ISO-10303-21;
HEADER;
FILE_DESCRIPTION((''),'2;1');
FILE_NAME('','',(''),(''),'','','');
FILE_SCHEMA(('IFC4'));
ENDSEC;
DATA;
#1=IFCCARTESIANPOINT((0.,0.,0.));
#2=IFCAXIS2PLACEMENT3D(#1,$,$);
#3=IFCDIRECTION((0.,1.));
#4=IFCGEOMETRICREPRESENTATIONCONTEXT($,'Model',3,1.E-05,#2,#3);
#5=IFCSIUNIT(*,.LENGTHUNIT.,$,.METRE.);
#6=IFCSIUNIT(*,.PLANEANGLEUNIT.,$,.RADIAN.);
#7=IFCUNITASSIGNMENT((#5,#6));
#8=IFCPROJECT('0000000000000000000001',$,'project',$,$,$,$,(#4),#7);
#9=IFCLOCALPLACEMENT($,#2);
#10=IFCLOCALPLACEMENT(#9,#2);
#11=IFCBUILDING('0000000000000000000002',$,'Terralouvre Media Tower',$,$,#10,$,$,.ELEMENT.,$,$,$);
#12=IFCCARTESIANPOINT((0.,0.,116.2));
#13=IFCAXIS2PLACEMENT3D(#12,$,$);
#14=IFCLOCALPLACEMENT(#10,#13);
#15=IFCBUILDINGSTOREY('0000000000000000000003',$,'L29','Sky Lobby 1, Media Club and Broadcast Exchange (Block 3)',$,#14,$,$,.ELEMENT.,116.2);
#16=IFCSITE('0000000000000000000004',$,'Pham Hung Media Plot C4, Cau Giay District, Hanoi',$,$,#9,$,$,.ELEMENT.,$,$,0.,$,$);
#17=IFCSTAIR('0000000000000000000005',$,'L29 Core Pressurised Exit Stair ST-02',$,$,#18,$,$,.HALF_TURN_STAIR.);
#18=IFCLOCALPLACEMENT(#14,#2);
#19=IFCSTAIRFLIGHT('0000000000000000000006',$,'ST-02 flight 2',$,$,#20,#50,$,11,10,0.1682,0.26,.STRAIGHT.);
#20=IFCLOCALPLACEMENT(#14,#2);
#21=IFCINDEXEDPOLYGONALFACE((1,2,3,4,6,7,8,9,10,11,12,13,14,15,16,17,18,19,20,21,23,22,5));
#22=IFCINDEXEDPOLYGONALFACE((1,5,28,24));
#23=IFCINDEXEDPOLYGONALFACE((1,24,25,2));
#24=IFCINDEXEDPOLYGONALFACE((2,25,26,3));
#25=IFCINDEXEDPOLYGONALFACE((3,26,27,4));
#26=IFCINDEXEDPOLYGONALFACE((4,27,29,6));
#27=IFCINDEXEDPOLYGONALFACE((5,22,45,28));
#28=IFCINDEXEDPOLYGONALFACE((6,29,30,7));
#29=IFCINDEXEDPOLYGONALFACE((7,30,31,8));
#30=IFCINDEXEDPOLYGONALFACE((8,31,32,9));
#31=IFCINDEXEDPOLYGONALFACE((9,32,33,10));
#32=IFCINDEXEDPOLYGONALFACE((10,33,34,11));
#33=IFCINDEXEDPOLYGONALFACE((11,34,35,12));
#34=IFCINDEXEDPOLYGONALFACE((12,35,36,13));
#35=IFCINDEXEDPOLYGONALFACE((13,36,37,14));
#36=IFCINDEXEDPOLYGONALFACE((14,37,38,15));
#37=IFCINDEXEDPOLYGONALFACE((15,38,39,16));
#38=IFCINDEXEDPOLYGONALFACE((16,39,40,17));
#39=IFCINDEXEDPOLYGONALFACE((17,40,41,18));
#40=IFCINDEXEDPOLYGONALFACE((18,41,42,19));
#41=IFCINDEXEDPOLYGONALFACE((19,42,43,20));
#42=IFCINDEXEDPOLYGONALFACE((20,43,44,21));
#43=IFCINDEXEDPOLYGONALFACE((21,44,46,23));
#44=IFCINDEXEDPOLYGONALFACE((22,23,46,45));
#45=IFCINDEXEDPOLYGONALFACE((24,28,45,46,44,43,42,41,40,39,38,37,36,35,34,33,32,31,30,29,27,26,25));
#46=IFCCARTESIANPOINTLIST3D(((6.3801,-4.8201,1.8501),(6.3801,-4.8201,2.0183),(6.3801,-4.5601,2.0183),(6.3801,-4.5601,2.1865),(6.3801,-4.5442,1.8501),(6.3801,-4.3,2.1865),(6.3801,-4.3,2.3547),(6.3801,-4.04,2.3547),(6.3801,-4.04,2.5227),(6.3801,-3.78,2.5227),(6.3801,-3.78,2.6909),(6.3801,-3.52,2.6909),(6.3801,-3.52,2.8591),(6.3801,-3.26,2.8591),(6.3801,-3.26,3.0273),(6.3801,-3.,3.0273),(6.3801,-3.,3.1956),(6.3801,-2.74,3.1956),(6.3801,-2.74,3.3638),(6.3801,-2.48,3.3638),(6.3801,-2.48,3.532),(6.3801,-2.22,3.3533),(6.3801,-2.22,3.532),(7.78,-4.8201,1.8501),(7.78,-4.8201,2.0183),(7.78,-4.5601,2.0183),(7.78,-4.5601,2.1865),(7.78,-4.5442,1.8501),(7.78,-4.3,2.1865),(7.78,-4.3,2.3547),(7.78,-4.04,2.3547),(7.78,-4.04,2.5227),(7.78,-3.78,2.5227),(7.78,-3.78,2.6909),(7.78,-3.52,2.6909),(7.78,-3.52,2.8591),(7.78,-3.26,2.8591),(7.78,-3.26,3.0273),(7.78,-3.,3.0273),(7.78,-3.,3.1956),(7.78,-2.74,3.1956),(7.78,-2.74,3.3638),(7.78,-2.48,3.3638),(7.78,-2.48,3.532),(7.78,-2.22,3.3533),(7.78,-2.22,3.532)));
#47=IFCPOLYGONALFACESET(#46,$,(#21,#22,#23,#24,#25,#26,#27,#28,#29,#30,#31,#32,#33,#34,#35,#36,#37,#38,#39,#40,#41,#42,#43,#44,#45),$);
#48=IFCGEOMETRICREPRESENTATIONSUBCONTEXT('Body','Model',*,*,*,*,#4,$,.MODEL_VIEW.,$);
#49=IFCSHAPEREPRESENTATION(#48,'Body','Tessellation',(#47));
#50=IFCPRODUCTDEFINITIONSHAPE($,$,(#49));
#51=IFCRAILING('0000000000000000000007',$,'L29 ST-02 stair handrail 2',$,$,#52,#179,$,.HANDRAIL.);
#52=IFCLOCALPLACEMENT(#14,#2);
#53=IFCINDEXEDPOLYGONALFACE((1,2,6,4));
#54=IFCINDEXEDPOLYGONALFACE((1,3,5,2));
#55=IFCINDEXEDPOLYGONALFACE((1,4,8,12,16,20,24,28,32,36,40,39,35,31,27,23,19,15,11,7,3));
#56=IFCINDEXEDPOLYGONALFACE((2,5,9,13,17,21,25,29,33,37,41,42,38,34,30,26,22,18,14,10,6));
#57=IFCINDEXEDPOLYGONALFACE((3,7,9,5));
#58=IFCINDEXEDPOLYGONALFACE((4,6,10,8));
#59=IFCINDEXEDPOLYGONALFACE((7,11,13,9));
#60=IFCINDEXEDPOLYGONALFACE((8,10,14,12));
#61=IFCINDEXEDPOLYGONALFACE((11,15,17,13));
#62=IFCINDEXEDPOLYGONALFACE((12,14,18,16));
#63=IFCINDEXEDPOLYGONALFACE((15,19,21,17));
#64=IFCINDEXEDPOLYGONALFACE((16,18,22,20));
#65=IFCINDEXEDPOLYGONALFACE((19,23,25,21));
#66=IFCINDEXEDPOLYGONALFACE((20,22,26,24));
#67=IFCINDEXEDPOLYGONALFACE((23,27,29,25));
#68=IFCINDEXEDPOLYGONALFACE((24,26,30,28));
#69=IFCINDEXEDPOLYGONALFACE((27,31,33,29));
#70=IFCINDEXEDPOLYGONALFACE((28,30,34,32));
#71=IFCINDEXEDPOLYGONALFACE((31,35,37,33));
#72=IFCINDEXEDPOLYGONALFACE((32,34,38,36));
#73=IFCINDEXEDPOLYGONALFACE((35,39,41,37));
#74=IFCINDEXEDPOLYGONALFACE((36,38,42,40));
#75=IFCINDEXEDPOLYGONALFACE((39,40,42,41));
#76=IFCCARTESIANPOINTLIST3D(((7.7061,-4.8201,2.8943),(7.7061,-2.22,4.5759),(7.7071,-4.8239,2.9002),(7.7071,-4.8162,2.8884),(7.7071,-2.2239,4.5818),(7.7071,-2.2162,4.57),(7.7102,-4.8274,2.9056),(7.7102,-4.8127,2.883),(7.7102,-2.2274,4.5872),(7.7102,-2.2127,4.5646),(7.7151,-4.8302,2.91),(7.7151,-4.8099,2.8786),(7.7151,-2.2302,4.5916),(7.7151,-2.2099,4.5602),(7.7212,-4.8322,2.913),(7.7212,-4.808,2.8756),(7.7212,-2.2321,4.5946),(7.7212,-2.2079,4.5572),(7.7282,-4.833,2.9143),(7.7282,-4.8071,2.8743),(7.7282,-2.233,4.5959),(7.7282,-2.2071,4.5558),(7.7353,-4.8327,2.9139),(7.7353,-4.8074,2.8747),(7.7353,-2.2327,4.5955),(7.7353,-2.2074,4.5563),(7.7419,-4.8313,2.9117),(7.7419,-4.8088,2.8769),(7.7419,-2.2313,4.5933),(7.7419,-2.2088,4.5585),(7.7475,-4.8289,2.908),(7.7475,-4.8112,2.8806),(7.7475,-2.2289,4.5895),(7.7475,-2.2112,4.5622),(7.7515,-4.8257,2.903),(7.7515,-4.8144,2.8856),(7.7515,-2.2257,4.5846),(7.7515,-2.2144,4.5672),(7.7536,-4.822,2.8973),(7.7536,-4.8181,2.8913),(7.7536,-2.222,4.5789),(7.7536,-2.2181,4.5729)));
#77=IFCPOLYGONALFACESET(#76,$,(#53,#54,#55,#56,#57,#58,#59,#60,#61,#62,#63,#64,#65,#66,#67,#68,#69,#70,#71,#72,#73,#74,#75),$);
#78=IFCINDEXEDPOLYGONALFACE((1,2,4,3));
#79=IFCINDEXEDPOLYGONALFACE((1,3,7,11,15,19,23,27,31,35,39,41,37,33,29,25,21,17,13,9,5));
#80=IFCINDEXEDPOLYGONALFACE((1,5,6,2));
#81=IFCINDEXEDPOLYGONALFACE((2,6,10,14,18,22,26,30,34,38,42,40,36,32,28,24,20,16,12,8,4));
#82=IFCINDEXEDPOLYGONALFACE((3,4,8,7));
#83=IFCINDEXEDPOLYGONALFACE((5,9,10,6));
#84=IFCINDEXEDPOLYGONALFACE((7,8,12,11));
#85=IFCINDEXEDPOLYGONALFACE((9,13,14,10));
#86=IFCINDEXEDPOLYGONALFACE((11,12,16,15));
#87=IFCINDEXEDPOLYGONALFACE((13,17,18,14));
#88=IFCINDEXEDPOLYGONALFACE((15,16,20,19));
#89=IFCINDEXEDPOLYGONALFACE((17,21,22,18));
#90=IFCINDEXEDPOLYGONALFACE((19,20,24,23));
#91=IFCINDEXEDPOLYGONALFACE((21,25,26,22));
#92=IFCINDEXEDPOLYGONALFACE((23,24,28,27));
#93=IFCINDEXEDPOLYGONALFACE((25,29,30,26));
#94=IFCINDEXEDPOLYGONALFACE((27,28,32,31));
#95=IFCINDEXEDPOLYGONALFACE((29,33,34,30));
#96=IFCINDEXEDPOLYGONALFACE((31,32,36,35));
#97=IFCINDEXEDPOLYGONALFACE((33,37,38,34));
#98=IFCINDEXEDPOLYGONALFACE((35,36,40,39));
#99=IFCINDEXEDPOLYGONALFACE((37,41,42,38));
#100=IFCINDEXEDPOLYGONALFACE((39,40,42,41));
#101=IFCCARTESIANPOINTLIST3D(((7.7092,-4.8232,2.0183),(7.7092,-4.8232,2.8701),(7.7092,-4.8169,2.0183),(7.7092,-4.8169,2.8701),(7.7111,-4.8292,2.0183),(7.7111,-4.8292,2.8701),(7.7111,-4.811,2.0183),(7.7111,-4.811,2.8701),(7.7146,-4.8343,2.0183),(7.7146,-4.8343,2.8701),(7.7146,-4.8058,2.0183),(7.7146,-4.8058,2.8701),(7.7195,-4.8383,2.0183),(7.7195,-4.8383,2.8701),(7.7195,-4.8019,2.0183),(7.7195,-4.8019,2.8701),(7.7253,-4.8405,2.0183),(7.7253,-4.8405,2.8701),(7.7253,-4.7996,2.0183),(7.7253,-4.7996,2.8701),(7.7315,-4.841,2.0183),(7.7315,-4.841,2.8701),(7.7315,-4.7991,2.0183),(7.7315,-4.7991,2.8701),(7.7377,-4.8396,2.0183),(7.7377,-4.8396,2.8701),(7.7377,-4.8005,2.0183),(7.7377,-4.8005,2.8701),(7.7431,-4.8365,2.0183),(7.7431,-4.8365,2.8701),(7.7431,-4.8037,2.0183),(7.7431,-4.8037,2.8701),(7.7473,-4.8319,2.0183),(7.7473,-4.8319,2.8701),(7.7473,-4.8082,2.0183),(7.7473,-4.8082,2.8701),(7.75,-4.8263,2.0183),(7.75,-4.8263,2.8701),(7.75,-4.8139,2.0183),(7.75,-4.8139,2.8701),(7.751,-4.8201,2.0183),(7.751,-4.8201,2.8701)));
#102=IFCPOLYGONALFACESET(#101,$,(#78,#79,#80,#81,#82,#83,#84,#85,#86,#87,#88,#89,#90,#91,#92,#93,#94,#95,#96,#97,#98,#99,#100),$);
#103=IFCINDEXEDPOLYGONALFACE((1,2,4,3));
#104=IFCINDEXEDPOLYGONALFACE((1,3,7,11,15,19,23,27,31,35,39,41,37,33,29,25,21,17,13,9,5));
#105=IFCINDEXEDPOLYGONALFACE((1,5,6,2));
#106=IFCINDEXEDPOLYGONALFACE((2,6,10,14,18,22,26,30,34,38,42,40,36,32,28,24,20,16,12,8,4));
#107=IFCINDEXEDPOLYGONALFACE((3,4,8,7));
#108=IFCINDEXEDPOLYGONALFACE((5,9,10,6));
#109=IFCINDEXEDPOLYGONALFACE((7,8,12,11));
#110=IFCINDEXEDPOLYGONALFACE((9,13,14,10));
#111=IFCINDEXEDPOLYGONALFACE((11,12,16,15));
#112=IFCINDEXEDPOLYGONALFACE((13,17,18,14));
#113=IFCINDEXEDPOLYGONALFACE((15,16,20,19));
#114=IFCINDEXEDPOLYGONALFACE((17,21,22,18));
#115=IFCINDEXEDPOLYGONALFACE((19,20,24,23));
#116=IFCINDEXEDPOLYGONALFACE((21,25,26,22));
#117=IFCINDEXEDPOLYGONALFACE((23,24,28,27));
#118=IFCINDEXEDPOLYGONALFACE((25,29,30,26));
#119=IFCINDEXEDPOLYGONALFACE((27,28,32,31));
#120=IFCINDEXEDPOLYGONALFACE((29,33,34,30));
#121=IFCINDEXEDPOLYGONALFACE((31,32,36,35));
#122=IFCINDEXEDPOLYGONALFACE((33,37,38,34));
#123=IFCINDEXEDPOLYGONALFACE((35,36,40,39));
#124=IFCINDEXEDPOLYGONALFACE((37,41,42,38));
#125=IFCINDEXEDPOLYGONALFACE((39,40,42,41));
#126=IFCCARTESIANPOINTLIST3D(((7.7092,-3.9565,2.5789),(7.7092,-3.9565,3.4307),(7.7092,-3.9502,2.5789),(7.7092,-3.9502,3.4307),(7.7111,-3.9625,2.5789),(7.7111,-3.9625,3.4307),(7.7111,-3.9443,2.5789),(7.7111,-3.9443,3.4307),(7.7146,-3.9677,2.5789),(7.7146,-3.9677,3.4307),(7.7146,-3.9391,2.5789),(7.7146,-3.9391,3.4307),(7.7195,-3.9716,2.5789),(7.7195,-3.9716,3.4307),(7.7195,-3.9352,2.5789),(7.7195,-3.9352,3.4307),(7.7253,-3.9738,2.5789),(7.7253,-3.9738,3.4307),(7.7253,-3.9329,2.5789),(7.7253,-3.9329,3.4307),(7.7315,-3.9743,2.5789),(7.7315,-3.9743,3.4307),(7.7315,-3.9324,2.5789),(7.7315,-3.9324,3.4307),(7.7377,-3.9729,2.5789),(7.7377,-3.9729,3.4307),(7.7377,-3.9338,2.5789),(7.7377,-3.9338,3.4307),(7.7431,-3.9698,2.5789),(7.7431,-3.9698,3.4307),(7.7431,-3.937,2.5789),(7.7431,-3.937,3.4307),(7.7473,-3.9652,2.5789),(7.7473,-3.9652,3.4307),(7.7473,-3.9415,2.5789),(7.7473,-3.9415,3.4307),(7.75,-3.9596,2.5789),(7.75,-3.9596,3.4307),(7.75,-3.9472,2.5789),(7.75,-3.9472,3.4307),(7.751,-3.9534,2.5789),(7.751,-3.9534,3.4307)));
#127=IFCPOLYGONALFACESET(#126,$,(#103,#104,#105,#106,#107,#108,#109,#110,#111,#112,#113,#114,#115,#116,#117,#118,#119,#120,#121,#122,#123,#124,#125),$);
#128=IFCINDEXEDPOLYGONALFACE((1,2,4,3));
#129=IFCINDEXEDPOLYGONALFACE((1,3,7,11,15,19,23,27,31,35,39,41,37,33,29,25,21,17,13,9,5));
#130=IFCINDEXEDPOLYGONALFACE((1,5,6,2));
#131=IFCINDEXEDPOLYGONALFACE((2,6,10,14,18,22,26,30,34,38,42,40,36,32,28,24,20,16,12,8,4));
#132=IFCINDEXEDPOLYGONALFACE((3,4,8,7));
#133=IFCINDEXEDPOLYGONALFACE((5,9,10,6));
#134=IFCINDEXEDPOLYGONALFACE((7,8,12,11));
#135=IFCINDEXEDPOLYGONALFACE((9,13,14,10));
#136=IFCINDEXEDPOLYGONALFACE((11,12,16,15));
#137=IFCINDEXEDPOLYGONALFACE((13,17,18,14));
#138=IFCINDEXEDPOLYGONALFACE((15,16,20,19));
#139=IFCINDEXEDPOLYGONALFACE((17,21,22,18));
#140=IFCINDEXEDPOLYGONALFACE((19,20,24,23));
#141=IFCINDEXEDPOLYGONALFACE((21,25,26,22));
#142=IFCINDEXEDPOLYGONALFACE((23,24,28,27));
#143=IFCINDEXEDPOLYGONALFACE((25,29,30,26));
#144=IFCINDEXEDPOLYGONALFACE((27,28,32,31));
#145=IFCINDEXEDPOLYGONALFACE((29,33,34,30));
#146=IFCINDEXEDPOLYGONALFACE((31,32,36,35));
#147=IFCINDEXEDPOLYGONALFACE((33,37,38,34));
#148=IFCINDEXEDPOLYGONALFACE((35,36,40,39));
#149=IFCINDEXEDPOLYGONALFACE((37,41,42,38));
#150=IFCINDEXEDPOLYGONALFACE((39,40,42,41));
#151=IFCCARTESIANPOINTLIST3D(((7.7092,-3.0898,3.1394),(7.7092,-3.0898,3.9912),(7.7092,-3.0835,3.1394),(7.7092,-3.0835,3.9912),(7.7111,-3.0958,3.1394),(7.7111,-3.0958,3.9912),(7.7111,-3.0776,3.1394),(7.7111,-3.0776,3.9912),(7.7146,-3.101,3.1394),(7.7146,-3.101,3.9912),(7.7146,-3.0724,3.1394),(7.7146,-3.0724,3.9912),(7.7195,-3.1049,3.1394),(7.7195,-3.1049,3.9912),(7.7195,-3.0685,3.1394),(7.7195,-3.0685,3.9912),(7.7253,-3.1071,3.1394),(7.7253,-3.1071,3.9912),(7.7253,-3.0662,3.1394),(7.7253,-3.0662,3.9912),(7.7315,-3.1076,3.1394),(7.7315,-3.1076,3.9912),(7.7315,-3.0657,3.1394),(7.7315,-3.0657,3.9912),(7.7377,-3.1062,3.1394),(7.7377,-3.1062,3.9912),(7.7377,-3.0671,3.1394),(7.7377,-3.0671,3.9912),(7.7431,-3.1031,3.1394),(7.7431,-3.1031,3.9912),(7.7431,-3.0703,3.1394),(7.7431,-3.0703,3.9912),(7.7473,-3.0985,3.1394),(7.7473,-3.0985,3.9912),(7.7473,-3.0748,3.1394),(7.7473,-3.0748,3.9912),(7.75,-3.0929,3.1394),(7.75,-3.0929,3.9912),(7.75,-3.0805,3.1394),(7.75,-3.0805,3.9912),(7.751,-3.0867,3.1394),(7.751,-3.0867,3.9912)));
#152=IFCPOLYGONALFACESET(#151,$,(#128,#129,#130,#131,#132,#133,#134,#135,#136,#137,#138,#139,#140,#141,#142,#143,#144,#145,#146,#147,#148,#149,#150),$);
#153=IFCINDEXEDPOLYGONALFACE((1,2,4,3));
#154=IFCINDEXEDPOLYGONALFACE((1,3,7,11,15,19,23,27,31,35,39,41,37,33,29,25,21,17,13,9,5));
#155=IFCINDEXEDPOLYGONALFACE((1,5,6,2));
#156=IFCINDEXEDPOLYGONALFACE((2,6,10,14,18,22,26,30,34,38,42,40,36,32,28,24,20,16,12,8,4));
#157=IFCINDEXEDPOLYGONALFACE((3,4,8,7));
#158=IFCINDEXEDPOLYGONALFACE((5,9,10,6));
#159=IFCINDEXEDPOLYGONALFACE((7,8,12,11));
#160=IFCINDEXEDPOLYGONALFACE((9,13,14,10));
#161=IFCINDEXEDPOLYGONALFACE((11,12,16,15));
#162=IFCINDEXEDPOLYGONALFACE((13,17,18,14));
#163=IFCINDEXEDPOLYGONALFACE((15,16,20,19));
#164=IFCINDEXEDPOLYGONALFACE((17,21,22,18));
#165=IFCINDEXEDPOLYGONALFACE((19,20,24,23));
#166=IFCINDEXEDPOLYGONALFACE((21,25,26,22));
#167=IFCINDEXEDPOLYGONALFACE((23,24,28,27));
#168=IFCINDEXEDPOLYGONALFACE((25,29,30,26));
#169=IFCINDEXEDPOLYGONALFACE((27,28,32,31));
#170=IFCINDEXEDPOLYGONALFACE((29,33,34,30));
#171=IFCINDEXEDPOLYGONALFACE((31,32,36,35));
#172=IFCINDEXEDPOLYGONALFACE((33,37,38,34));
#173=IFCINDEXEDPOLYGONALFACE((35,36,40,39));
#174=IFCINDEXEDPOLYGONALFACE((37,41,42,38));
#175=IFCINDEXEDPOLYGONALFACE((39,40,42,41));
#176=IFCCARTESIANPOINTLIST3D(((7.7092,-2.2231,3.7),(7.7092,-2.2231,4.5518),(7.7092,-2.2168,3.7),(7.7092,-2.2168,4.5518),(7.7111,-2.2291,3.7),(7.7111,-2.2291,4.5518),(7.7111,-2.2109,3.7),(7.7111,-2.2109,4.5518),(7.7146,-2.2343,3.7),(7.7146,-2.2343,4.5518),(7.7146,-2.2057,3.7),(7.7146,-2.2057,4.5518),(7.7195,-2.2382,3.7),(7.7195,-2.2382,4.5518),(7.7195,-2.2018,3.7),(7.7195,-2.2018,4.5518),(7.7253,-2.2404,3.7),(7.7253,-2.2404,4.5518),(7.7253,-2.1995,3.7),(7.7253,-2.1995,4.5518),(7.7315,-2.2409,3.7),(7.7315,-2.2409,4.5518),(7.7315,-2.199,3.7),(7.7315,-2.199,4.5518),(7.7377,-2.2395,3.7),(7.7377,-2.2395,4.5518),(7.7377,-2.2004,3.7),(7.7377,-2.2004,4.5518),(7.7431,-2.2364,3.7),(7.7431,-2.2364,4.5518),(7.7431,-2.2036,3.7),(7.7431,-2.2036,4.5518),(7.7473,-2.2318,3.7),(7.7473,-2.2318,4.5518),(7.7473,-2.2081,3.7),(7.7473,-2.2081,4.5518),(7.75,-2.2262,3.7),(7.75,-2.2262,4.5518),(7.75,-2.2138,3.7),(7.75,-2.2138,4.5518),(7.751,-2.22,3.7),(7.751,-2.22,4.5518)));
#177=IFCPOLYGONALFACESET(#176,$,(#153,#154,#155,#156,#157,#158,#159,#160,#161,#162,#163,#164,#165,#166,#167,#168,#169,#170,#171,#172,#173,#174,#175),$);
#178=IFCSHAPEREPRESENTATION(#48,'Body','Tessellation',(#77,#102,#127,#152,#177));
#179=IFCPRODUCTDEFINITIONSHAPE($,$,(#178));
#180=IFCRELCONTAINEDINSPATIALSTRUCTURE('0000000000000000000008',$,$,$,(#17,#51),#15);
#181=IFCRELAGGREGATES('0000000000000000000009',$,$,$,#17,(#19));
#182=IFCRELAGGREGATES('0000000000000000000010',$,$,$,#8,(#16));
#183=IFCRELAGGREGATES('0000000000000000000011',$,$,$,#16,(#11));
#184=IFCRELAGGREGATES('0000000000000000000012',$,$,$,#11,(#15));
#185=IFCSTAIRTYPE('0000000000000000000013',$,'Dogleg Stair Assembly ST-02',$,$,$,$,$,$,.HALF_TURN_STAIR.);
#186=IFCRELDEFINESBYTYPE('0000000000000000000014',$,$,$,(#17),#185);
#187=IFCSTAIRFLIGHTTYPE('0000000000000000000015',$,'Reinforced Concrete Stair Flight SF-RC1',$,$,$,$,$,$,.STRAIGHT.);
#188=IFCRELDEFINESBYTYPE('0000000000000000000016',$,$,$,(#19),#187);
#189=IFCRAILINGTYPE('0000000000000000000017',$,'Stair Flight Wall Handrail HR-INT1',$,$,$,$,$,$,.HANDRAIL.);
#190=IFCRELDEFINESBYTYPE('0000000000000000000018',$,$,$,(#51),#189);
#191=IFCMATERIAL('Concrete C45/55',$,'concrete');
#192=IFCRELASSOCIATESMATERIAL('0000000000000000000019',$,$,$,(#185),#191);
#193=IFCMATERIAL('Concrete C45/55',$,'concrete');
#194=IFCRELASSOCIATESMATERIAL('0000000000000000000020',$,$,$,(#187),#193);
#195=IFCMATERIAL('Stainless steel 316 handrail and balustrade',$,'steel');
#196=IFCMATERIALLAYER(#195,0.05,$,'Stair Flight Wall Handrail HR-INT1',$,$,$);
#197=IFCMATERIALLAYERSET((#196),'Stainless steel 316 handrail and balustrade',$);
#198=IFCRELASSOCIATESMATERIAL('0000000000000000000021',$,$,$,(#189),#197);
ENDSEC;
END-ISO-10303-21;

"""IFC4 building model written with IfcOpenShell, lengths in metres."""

from ifc_helpers import new_model, si_unit, direction, frame, origin, origin_2d, place, context, subcontext, project, spatial, polyline, circle, outline, extrude, material, layer, layer_set, type_object, element, aggregate, save


model = new_model("IFC4")

# Units and contexts
model_context = context("Model", 3, precision=1e-05, world=origin(), true_north=direction((0.0, 1.0)))
body_context = subcontext(model_context, "Body", "Model", "MODEL_VIEW")
ifc_project = project(units=[si_unit("LENGTHUNIT", "METRE"), si_unit("PLANEANGLEUNIT", "RADIAN")], contexts=[model_context])

# Site, building, storey
site_placement = place(None, origin())
site = spatial("IfcSite", under=ifc_project, at=site_placement, Name="Pham Hung Media Plot C4, Cau Giay District, Hanoi", CompositionType="ELEMENT", RefElevation=0.0)
building_placement = place(site_placement, origin())
building = spatial("IfcBuilding", under=site, at=building_placement, Name="Terralouvre Media Tower", CompositionType="ELEMENT")
storey_placement = place(building_placement, frame((0.0, 0.0, 116.2)))
storey = spatial("IfcBuildingStorey", under=building, at=storey_placement, Name="L29", Description="Sky Lobby 1, Media Club and Broadcast Exchange (Block 3)", CompositionType="ELEMENT", Elevation=116.2)

# Stair, stair flight
ifc_material_1 = material(Name="Concrete C45/55", Category="concrete")
stair_type = type_object("IfcStairType", Name="Dogleg Stair Assembly ST-02", PredefinedType="HALF_TURN_STAIR", material=ifc_material_1)
stair_placement = place(storey_placement, origin())
stair = element("IfcStair", 1, at=stair_placement, inside=storey, type_object=stair_type, Name="L29 Core Pressurised Exit Stair ST-02", PredefinedType="HALF_TURN_STAIR")
ifc_material_2 = material(Name="Concrete C45/55", Category="concrete")
stair_flight_type = type_object("IfcStairFlightType", Name="Reinforced Concrete Stair Flight SF-RC1", PredefinedType="STRAIGHT", material=ifc_material_2)
stair_flight_1_placement = place(storey_placement, frame((7.0801, -4.8201, 1.8501), z_axis=(0.0, 0.0, 1.0), x_axis=(0.0, 1.0, 0.0)))
stair_flight_1 = element("IfcStairFlight", 2, at=stair_flight_1_placement, type_object=stair_flight_type, Name="ST-02 flight 2", NumberOfRisers=11, NumberOfTreads=10, PredefinedType="STRAIGHT", RiserHeight=0.1682, TreadLength=0.26, context=body_context, shape_type="SweptSolid", body=[
    extrude(outline(polyline([(0.0, 0.0), (0.0, 0.1682), (0.26, 0.1682), (0.26, 0.3364), (0.52, 0.3364), (0.52, 0.5046), (0.78, 0.5046), (0.78, 0.6726), (1.04, 0.6726), (1.04, 0.8408), (1.3, 0.8408), (1.3, 1.009), (1.5601, 1.009), (1.5601, 1.1772), (1.8201, 1.1772), (1.8201, 1.3455), (2.0801, 1.3455), (2.0801, 1.5137), (2.3401, 1.5137), (2.3401, 1.6819), (2.6001, 1.6819), (2.6001, 1.8501), (2.6001, 1.5032), (0.2759, 0.0), (0.0, 0.0)])), frame((0.0, 0.7, 0.0), z_axis=(0.0, -1.0, 0.0), x_axis=(1.0, 0.0, 0.0)), (0.0, 0.0, 1.0), 1.3999),
])
aggregate(stair, [stair_flight_1])

# Railing
ifc_material_3 = material(Name="Stainless steel 316 handrail and balustrade", Category="steel")
ifc_layer_1 = layer(ifc_material_3, 0.05, Name="Stair Flight Wall Handrail HR-INT1")
ifc_layer_set_1 = layer_set([ifc_layer_1], Name="Stainless steel 316 handrail and balustrade")
railing_type_1 = type_object("IfcRailingType", Name="Stair Flight Wall Handrail HR-INT1", PredefinedType="HANDRAIL", material=ifc_layer_set_1)
railing_1_placement = place(storey_placement, frame((7.73, -4.8201, 2.0183)))
element("IfcRailing", 3, at=railing_1_placement, inside=storey, type_object=railing_type_1, Name="L29 ST-02 stair handrail 2", PredefinedType="HANDRAIL", context=body_context, shape_type="SweptSolid", body=[
    extrude(circle(Radius=0.0239, at=origin_2d()), frame((0.0, 0.0, 0.876), z_axis=(0.0, 0.839684, 0.543075), x_axis=(-1.0, 0.0, 0.0)), (0.0, 0.0, 1.0), 3.0964),
    extrude(circle(Radius=0.021, at=origin_2d()), origin(), (0.0, 0.0, 1.0), 0.8518),
    extrude(circle(Radius=0.021, at=origin_2d()), frame((0.0, 0.8667, 0.5605)), (0.0, 0.0, 1.0), 0.8518),
    extrude(circle(Radius=0.021, at=origin_2d()), frame((0.0, 1.7334, 1.1211)), (0.0, 0.0, 1.0), 0.8518),
    extrude(circle(Radius=0.021, at=origin_2d()), frame((0.0, 2.6001, 1.6816)), (0.0, 0.0, 1.0), 0.8518),
])

save(model, "model.ifc")
